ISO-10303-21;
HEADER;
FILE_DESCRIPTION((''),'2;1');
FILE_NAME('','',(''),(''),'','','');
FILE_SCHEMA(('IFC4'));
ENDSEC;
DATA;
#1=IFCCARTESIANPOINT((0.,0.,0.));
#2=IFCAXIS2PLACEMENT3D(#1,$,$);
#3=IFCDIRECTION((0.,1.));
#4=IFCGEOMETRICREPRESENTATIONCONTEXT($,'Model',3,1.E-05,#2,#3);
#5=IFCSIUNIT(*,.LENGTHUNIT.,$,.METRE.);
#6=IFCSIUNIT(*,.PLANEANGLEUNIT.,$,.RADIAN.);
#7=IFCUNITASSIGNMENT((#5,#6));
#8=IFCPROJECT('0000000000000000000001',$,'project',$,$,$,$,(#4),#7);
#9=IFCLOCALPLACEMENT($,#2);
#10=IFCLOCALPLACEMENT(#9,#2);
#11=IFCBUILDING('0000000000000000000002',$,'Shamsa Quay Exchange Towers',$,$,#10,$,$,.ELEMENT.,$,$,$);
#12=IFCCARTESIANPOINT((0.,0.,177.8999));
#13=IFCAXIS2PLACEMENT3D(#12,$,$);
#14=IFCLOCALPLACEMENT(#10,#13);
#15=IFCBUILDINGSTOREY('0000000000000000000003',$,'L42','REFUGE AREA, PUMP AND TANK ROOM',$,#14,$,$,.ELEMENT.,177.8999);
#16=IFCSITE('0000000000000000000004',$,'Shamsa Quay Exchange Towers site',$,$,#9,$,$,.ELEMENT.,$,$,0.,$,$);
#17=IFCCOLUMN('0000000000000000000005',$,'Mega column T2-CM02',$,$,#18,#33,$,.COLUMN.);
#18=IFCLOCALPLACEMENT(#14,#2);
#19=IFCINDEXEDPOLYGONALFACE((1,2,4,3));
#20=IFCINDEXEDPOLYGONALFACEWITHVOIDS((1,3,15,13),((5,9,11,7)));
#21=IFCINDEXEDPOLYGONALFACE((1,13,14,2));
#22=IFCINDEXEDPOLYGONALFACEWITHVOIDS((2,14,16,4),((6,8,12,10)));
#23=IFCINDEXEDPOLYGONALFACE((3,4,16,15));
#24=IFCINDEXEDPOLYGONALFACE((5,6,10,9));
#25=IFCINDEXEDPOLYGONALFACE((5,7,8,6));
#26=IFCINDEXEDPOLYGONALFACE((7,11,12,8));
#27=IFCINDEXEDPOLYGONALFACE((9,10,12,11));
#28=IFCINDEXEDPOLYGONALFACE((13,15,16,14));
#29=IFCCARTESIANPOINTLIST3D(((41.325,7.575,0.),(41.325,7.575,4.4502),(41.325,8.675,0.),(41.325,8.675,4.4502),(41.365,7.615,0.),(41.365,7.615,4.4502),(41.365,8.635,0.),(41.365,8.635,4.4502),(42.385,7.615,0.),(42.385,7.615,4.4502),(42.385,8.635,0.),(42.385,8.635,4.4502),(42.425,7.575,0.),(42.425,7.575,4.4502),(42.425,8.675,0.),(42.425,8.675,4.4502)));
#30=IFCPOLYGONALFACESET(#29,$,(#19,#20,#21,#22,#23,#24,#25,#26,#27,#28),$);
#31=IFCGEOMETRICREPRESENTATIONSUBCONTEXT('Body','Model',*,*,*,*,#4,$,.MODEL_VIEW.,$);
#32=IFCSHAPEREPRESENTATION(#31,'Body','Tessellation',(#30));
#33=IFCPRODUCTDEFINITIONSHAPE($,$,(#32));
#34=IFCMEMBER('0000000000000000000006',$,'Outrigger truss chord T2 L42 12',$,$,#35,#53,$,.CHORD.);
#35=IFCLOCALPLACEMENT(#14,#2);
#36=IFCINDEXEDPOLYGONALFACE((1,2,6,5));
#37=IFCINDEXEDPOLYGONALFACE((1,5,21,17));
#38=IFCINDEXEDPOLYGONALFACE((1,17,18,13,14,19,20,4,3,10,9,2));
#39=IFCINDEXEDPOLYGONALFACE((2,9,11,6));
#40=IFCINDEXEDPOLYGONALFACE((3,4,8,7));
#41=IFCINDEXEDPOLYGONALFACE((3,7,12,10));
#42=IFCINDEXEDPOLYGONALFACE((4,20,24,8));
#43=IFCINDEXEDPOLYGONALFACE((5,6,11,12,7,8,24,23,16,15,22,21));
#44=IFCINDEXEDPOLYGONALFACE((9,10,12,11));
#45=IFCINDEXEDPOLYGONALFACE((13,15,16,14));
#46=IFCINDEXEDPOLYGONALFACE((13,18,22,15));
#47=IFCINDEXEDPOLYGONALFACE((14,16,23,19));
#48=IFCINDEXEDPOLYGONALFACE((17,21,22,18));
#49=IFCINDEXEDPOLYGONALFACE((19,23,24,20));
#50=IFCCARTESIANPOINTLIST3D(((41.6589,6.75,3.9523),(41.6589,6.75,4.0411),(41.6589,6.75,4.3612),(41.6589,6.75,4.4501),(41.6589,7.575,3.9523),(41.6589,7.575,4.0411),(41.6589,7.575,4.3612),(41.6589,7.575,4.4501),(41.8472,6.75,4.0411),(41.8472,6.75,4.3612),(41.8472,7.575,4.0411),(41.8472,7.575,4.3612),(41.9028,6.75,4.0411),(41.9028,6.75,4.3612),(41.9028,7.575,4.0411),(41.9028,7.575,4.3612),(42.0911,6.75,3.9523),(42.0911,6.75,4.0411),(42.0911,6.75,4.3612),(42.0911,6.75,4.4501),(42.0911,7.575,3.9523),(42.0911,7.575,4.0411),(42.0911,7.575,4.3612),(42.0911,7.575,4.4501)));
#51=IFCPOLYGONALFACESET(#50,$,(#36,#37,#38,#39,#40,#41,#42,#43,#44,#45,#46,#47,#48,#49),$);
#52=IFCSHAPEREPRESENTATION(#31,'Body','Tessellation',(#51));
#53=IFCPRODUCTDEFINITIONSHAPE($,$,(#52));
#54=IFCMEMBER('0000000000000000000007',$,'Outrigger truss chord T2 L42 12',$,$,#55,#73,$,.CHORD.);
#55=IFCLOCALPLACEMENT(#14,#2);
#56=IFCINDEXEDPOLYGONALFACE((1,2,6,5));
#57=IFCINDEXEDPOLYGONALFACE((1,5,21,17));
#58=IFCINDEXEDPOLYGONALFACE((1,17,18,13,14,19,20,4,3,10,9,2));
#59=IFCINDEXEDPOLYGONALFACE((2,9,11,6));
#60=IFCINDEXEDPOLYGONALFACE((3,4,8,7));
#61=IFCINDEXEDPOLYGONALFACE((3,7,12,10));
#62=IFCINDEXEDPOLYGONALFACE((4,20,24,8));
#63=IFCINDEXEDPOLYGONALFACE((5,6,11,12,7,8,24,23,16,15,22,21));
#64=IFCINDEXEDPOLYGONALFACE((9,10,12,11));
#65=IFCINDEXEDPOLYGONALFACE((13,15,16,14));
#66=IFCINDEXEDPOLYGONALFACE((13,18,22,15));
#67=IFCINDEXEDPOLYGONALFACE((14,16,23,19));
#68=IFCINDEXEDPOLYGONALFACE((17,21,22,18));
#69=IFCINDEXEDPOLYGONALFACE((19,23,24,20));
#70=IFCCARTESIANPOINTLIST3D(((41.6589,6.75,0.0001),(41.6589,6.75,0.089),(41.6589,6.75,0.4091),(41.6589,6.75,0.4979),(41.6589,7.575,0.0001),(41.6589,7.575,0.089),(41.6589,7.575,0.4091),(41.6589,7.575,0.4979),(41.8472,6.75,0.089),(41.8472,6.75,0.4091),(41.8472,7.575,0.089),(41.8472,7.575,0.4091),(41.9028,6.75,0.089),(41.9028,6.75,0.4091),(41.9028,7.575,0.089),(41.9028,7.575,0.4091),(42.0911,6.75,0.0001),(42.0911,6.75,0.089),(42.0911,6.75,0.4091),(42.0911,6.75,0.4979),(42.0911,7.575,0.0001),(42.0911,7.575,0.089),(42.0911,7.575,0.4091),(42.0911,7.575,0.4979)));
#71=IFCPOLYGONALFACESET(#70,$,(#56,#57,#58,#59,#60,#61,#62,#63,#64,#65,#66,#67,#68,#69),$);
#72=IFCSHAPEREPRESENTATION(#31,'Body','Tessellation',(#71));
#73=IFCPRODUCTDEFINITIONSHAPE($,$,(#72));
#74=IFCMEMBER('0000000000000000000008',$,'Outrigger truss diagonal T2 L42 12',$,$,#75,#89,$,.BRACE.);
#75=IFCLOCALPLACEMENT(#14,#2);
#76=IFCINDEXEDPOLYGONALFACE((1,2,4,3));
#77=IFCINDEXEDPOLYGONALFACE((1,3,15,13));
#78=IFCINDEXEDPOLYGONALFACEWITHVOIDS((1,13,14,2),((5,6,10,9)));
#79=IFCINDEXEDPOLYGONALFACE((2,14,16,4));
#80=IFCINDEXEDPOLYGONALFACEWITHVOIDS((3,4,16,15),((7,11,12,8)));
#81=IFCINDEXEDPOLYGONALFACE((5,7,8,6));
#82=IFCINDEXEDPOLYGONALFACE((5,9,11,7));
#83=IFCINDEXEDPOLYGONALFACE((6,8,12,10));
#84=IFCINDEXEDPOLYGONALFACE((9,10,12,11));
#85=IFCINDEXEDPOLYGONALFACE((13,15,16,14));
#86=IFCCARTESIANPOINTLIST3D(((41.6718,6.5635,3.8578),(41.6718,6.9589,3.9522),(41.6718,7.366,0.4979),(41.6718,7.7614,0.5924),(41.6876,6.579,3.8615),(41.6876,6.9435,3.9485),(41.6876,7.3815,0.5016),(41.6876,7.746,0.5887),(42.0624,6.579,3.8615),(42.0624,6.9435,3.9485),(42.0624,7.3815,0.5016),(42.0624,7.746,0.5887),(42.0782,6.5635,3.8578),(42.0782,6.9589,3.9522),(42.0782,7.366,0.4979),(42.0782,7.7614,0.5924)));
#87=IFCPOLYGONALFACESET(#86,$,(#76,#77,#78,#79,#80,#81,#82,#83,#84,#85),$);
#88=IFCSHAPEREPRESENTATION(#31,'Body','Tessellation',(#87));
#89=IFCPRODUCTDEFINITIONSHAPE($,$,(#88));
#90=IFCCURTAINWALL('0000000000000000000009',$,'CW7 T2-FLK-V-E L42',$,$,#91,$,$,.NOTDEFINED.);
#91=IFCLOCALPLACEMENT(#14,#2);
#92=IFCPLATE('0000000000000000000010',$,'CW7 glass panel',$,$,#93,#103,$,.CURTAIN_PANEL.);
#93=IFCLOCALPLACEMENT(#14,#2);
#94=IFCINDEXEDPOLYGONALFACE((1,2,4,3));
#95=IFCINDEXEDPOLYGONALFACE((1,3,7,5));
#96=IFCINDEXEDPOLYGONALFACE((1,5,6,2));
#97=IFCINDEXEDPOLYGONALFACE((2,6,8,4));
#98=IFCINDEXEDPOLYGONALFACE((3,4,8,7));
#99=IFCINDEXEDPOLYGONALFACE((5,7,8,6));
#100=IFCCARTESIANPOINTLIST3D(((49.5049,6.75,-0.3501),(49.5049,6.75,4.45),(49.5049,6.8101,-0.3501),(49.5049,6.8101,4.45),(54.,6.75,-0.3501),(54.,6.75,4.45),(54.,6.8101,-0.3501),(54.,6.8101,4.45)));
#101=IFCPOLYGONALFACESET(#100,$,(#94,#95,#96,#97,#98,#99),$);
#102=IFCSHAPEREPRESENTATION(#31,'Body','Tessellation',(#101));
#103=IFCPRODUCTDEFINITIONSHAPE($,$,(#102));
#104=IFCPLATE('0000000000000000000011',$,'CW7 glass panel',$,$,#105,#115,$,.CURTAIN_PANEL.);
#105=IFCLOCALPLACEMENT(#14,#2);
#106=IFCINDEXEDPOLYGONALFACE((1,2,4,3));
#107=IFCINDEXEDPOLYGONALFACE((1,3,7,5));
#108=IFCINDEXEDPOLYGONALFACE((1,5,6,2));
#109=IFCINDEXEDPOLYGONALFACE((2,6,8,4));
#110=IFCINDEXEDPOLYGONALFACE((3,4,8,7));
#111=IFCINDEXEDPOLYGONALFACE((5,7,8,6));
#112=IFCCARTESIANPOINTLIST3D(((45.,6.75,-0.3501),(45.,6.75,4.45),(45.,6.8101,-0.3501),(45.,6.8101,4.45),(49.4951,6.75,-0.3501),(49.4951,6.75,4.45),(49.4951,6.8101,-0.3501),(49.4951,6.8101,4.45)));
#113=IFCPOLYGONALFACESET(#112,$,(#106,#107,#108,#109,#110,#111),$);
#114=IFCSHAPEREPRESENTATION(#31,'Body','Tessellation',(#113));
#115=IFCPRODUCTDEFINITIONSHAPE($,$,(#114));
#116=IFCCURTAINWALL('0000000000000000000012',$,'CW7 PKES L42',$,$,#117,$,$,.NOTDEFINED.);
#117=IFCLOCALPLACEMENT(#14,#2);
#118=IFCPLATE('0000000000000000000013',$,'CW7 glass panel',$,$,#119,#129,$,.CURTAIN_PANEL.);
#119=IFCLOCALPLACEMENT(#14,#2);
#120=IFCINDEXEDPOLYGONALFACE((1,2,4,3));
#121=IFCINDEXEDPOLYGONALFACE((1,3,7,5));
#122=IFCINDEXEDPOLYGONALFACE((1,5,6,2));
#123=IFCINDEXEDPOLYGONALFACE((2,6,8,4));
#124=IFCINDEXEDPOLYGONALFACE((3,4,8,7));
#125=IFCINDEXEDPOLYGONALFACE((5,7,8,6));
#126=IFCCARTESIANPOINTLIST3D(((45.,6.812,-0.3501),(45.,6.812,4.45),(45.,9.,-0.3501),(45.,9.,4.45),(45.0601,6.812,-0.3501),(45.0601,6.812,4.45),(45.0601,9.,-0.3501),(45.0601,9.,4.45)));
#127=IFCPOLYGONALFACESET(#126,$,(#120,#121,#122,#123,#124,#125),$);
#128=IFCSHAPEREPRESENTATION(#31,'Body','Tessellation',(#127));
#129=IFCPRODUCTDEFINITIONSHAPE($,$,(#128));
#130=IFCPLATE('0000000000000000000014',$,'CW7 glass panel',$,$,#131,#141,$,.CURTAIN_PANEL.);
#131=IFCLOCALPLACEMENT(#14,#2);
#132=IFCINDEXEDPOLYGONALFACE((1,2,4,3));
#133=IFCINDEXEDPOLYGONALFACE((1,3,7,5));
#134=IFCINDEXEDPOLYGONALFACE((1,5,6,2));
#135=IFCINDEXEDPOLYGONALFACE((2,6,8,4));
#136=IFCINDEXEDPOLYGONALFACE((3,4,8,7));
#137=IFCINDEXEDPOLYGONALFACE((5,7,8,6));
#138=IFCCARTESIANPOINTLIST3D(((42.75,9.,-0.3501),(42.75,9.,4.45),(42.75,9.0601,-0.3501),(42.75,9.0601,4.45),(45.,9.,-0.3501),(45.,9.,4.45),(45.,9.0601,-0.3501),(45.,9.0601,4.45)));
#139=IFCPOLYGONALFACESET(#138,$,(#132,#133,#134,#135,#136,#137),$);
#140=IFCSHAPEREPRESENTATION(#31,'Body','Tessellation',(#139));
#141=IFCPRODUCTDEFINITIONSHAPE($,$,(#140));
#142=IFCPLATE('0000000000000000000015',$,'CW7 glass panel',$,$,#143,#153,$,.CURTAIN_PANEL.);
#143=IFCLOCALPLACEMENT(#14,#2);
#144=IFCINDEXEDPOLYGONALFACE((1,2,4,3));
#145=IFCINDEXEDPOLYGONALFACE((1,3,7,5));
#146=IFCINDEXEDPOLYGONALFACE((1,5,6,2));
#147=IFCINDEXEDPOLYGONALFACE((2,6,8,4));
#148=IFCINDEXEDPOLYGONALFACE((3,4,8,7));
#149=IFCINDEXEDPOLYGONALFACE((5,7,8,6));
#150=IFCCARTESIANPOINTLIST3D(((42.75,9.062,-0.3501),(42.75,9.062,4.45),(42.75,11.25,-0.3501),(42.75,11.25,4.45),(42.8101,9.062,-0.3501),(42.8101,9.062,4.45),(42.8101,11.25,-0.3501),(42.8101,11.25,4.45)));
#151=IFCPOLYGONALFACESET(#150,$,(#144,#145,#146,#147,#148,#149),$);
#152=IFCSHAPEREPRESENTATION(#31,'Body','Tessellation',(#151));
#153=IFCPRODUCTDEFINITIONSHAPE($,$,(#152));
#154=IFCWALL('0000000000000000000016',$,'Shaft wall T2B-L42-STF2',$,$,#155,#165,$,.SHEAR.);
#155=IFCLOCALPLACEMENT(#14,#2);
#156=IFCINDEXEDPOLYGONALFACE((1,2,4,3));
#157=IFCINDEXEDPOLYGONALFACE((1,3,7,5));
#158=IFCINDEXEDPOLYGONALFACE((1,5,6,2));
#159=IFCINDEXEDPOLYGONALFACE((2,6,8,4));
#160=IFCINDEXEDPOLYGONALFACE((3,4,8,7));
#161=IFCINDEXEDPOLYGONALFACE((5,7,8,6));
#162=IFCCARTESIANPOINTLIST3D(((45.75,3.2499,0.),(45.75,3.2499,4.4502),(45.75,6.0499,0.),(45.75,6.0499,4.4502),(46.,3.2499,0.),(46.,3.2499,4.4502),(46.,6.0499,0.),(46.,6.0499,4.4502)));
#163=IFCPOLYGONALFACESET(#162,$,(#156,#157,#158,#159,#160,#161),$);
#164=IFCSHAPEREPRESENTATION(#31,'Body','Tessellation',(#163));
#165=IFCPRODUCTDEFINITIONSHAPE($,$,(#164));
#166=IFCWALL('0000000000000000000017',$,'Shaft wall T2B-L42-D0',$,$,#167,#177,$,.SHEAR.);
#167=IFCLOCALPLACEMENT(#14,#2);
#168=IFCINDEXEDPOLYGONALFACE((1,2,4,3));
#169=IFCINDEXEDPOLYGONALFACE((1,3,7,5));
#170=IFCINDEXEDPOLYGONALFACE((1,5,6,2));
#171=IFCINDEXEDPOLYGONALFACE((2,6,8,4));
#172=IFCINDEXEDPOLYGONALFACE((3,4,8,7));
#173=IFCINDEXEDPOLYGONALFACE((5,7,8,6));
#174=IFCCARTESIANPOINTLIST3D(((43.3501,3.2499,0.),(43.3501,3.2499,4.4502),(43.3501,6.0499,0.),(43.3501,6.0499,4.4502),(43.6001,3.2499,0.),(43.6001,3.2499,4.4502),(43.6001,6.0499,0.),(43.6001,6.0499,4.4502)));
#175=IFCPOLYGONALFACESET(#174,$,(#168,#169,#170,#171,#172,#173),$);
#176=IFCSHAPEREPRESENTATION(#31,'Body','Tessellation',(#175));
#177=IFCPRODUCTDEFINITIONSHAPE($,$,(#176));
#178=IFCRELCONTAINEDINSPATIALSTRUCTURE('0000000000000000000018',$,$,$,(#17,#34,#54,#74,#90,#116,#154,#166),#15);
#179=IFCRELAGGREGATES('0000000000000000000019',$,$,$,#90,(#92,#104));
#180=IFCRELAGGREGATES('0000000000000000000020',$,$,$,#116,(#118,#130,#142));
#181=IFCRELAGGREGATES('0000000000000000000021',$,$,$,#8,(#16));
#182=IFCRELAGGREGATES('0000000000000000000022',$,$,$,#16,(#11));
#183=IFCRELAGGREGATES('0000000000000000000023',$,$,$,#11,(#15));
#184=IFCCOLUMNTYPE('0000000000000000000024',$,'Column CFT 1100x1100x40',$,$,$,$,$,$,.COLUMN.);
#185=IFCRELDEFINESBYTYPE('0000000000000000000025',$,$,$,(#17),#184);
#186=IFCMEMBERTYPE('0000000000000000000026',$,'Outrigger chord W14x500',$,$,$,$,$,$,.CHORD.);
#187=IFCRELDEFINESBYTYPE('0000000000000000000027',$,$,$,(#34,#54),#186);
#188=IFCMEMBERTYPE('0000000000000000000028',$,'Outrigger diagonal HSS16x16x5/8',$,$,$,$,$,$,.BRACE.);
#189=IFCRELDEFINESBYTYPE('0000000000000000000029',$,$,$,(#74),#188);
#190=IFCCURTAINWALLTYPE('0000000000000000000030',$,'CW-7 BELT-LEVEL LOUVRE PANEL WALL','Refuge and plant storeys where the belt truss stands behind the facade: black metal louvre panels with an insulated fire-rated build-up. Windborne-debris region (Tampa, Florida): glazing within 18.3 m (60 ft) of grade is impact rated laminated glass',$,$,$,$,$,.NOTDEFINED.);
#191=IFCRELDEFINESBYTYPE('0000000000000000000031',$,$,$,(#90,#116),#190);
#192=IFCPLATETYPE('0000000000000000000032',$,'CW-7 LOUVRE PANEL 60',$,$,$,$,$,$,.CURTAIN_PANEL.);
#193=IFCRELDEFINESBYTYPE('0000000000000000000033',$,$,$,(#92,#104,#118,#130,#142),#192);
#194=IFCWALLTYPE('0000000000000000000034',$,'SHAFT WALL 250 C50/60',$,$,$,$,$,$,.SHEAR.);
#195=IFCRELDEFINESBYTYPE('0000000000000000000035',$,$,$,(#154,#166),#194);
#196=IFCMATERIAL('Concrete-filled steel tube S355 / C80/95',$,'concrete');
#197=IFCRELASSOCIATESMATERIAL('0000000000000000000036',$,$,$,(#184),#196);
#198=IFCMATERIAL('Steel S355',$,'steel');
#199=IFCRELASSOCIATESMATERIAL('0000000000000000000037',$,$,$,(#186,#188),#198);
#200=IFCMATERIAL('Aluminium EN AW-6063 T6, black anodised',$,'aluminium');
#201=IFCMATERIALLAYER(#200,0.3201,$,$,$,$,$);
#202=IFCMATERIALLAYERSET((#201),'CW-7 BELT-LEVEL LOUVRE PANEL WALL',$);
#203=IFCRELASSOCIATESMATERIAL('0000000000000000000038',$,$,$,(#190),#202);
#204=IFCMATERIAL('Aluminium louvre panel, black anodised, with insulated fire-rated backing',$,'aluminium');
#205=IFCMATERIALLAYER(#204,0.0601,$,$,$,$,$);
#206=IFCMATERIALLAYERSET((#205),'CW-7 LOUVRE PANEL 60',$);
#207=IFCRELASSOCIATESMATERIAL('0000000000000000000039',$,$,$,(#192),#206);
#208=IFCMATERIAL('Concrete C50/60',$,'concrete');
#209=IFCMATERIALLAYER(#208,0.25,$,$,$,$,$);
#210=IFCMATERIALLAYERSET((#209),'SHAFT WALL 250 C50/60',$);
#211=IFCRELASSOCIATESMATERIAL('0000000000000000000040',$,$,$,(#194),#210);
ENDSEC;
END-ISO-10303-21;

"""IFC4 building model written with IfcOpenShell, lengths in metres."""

from ifc_helpers import new_model, si_unit, direction, frame, frame_2d, origin, origin_2d, place, context, subcontext, project, spatial, rectangle, hollow_rectangle, i_section, extrude, material, layer, layer_set, material_profile, profile_set, type_object, element, aggregate, save


model = new_model("IFC4")

# Units and contexts
model_context = context("Model", 3, precision=1e-05, world=origin(), true_north=direction((0.0, 1.0)))
body_context = subcontext(model_context, "Body", "Model", "MODEL_VIEW")
ifc_project = project(units=[si_unit("LENGTHUNIT", "METRE"), si_unit("PLANEANGLEUNIT", "RADIAN")], contexts=[model_context])

# Site, building, storey
site_placement = place(None, origin())
site = spatial("IfcSite", under=ifc_project, at=site_placement, Name="Shamsa Quay Exchange Towers site", CompositionType="ELEMENT", RefElevation=0.0)
building_placement = place(site_placement, origin())
building = spatial("IfcBuilding", under=site, at=building_placement, Name="Shamsa Quay Exchange Towers", CompositionType="ELEMENT")
storey_placement = place(building_placement, frame((0.0, 0.0, 177.8999)))
storey = spatial("IfcBuildingStorey", under=building, at=storey_placement, Name="L42", Description="REFUGE AREA, PUMP AND TANK ROOM", CompositionType="ELEMENT", Elevation=177.8999)

# Column
ifc_material_1 = material(Name="Concrete-filled steel tube S355 / C80/95", Category="concrete")
ifc_material_profile_1 = material_profile(ifc_material_1, hollow_rectangle(XDim=1.1001, YDim=1.1001, WallThickness=0.04, at=origin_2d()), Name="CFT 1100x1100x40")
ifc_profile_set_1 = profile_set([ifc_material_profile_1], Name="Concrete-filled steel tube S355 / C80/95")
column_type = type_object("IfcColumnType", Name="Column CFT 1100x1100x40", PredefinedType="COLUMN", material=ifc_profile_set_1)
column_placement = place(storey_placement, frame((41.875, 8.125, 0.0)))
element("IfcColumn", 1, at=column_placement, inside=storey, type_object=column_type, Name="Mega column T2-CM02", PredefinedType="COLUMN", context=body_context, shape_type="SweptSolid", body=[
    extrude(hollow_rectangle(XDim=1.1001, YDim=1.1001, WallThickness=0.04, at=origin_2d()), origin(), (0.0, 0.0, 1.0), 4.4502),
])

# Members
ifc_material_2 = material(Name="Steel S355", Category="steel")
ifc_material_profile_2 = material_profile(ifc_material_2, i_section(OverallWidth=0.4321, OverallDepth=0.4978, WebThickness=0.0557, FlangeThickness=0.0889, at=origin_2d()), Name="W14x500")
ifc_profile_set_2 = profile_set([ifc_material_profile_2], Name="Steel S355")
member_type_1 = type_object("IfcMemberType", Name="Outrigger chord W14x500", PredefinedType="CHORD", material=ifc_profile_set_2)
for number, where, z_axis, x_axis, name in (
    (2, (41.875, 7.575, 4.2012), (0.0, -1.0, 0.0), (1.0, 0.0, 0.0), "Outrigger truss chord T2 L42 12"),
    (3, (41.875, 7.575, 0.249), (0.0, -1.0, 0.0), (1.0, 0.0, 0.0), "Outrigger truss chord T2 L42 12"),
):
    element("IfcMember", number, at=place(storey_placement, frame(where, z_axis=z_axis, x_axis=x_axis)), inside=storey, type_object=member_type_1, Name=name, PredefinedType="CHORD", context=body_context, shape_type="SweptSolid", body=[
        extrude(i_section(OverallWidth=0.4321, OverallDepth=0.4978, WebThickness=0.0557, FlangeThickness=0.0889, at=origin_2d()), origin(), (0.0, 0.0, 1.0), 0.825),
    ])
ifc_material_profile_3 = material_profile(ifc_material_2, hollow_rectangle(XDim=0.4065, YDim=0.4065, WallThickness=0.0159, at=origin_2d()), Name="HSS16x16x5/8")
ifc_profile_set_3 = profile_set([ifc_material_profile_3], Name="Steel S355")
member_type_2 = type_object("IfcMemberType", Name="Outrigger diagonal HSS16x16x5/8", PredefinedType="BRACE", material=ifc_profile_set_3)
member_placement = place(storey_placement, frame((41.875, 7.5637, 0.5452), z_axis=(0.0, -0.232312, 0.972641), x_axis=(1.0, 0.0, 0.0)))
element("IfcMember", 4, at=member_placement, inside=storey, type_object=member_type_2, Name="Outrigger truss diagonal T2 L42 12", PredefinedType="BRACE", context=body_context, shape_type="SweptSolid", body=[
    extrude(hollow_rectangle(XDim=0.4065, YDim=0.4065, WallThickness=0.0159, at=origin_2d()), origin(), (0.0, 0.0, 1.0), 3.4543),
])

# Curtain walls, plates
ifc_material_3 = material(Name="Aluminium EN AW-6063 T6, black anodised", Category="aluminium")
ifc_layer_1 = layer(ifc_material_3, 0.3201)
ifc_layer_set_1 = layer_set([ifc_layer_1], Name="CW-7 BELT-LEVEL LOUVRE PANEL WALL")
curtain_wall_type = type_object("IfcCurtainWallType", Name="CW-7 BELT-LEVEL LOUVRE PANEL WALL", Description="Refuge and plant storeys where the belt truss stands behind the facade: black metal louvre panels with an insulated fire-rated build-up. Windborne-debris region (Tampa, Florida): glazing within 18.3 m (60 ft) of grade is impact rated laminated glass", PredefinedType="NOTDEFINED", material=ifc_layer_set_1)
curtain_wall_1_placement = place(storey_placement, origin())
curtain_wall_1 = element("IfcCurtainWall", 5, at=curtain_wall_1_placement, inside=storey, type_object=curtain_wall_type, Name="CW7 T2-FLK-V-E L42", PredefinedType="NOTDEFINED")
ifc_material_4 = material(Name="Aluminium louvre panel, black anodised, with insulated fire-rated backing", Category="aluminium")
ifc_layer_2 = layer(ifc_material_4, 0.0601)
ifc_layer_set_2 = layer_set([ifc_layer_2], Name="CW-7 LOUVRE PANEL 60")
plate_type = type_object("IfcPlateType", Name="CW-7 LOUVRE PANEL 60", PredefinedType="CURTAIN_PANEL", material=ifc_layer_set_2)
plate_1_placement = place(storey_placement, frame((51.7524, 6.78, -0.3501), z_axis=(0.0, 0.0, 1.0), x_axis=(-1.0, 0.0, 0.0)))
plate_1 = element("IfcPlate", 6, at=plate_1_placement, type_object=plate_type, Name="CW7 glass panel", PredefinedType="CURTAIN_PANEL", context=body_context, shape_type="SweptSolid", body=[
    extrude(rectangle(XDim=4.4951, YDim=0.0601, at=origin_2d()), origin(), (0.0, 0.0, 1.0), 4.8),
])
plate_2_placement = place(storey_placement, frame((47.2476, 6.78, -0.3501), z_axis=(0.0, 0.0, 1.0), x_axis=(-1.0, 0.0, 0.0)))
plate_2 = element("IfcPlate", 7, at=plate_2_placement, type_object=plate_type, Name="CW7 glass panel", PredefinedType="CURTAIN_PANEL", context=body_context, shape_type="SweptSolid", body=[
    extrude(rectangle(XDim=4.4951, YDim=0.0601, at=origin_2d()), origin(), (0.0, 0.0, 1.0), 4.8),
])
aggregate(curtain_wall_1, [plate_1, plate_2])
curtain_wall_2_placement = place(storey_placement, origin())
curtain_wall_2 = element("IfcCurtainWall", 8, at=curtain_wall_2_placement, inside=storey, type_object=curtain_wall_type, Name="CW7 PKES L42", PredefinedType="NOTDEFINED")
plate_3_placement = place(storey_placement, frame((45.03, 7.906, -0.3501), z_axis=(0.0, 0.0, 1.0), x_axis=(0.0, 1.0, 0.0)))
plate_3 = element("IfcPlate", 9, at=plate_3_placement, type_object=plate_type, Name="CW7 glass panel", PredefinedType="CURTAIN_PANEL", context=body_context, shape_type="SweptSolid", body=[
    extrude(rectangle(XDim=2.188, YDim=0.0601, at=origin_2d()), origin(), (0.0, 0.0, 1.0), 4.8),
])
plate_4_placement = place(storey_placement, frame((43.875, 9.03, -0.3501), z_axis=(0.0, 0.0, 1.0), x_axis=(-1.0, 0.0, 0.0)))
plate_4 = element("IfcPlate", 10, at=plate_4_placement, type_object=plate_type, Name="CW7 glass panel", PredefinedType="CURTAIN_PANEL", context=body_context, shape_type="SweptSolid", body=[
    extrude(rectangle(XDim=2.25, YDim=0.0601, at=origin_2d()), origin(), (0.0, 0.0, 1.0), 4.8),
])
plate_5_placement = place(storey_placement, frame((42.78, 10.156, -0.3501), z_axis=(0.0, 0.0, 1.0), x_axis=(0.0, 1.0, 0.0)))
plate_5 = element("IfcPlate", 11, at=plate_5_placement, type_object=plate_type, Name="CW7 glass panel", PredefinedType="CURTAIN_PANEL", context=body_context, shape_type="SweptSolid", body=[
    extrude(rectangle(XDim=2.188, YDim=0.0601, at=origin_2d()), origin(), (0.0, 0.0, 1.0), 4.8),
])
aggregate(curtain_wall_2, [plate_3, plate_4, plate_5])

# Walls
ifc_material_5 = material(Name="Concrete C50/60", Category="concrete")
ifc_layer_3 = layer(ifc_material_5, 0.25)
ifc_layer_set_3 = layer_set([ifc_layer_3], Name="SHAFT WALL 250 C50/60")
wall_type_1 = type_object("IfcWallType", Name="SHAFT WALL 250 C50/60", PredefinedType="SHEAR", material=ifc_layer_set_3)
for number, where, z_axis, x_axis, name in (
    (12, (45.875, 3.25, 0.0), (0.0, 0.0, 1.0), (0.0, 1.0, 0.0), "Shaft wall T2B-L42-STF2"),
    (13, (43.4751, 3.25, 0.0), (0.0, 0.0, 1.0), (0.0, 1.0, 0.0), "Shaft wall T2B-L42-D0"),
):
    element("IfcWall", number, at=place(storey_placement, frame(where, z_axis=z_axis, x_axis=x_axis)), inside=storey, type_object=wall_type_1, Name=name, PredefinedType="SHEAR", context=body_context, shape_type="SweptSolid", body=[
        extrude(rectangle(XDim=2.8, YDim=0.25, at=frame_2d((1.3999, 0.0))), origin(), (0.0, 0.0, 1.0), 4.4502),
    ])

save(model, "model.ifc")
